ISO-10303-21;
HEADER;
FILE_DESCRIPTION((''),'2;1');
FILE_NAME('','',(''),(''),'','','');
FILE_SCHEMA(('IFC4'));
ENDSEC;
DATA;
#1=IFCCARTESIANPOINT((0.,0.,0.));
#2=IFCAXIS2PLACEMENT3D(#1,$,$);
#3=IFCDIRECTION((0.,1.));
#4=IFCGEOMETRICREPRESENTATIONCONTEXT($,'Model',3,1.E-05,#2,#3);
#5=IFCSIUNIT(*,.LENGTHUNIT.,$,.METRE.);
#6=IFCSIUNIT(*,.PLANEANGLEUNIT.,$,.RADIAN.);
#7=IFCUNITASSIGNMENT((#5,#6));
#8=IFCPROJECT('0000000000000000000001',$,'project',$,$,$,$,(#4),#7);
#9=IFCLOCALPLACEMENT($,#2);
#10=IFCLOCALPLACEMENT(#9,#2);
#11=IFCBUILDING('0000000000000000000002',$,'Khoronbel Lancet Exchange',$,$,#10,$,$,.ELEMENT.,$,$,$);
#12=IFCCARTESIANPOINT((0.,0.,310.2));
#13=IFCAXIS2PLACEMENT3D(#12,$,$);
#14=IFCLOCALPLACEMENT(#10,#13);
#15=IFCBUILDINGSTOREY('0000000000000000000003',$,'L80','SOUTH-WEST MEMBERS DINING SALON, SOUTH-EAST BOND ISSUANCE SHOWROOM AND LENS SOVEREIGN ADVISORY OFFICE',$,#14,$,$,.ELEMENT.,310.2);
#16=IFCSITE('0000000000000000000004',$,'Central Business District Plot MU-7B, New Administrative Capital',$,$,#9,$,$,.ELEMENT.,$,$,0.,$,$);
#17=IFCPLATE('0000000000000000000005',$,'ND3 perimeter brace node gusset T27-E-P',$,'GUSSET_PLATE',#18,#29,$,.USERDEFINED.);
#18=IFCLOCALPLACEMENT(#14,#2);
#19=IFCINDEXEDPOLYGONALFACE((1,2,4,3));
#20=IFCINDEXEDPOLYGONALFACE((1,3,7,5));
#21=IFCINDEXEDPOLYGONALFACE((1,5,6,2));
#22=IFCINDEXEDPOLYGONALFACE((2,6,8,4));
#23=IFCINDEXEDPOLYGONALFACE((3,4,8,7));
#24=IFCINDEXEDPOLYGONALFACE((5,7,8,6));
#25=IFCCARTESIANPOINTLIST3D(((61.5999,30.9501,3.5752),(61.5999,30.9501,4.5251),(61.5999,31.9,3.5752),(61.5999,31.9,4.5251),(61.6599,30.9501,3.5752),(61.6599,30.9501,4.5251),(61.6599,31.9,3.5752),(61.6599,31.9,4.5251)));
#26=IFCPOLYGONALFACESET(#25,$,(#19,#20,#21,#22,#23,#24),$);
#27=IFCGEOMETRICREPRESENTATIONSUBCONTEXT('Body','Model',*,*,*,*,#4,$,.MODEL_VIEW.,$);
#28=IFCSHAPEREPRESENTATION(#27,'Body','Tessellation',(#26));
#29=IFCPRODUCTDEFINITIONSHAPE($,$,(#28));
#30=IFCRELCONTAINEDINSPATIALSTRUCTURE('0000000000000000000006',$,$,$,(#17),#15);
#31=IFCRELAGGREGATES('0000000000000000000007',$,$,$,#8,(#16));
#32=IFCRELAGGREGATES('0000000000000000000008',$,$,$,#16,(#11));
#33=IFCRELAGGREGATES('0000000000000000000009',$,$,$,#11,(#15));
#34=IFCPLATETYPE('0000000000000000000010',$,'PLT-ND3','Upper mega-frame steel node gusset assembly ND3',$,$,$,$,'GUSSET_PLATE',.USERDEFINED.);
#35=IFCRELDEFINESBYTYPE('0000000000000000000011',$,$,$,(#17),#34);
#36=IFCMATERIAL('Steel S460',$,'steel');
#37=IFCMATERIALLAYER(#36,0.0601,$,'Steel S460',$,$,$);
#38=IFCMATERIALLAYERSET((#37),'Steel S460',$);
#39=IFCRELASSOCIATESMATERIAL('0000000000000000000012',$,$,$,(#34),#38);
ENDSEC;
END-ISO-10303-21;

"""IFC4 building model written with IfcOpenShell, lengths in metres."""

from ifc_helpers import new_model, si_unit, direction, frame, origin, origin_2d, place, context, subcontext, project, spatial, rectangle, extrude, material, layer, layer_set, type_object, element, save


model = new_model("IFC4")

# Units and contexts
model_context = context("Model", 3, precision=1e-05, world=origin(), true_north=direction((0.0, 1.0)))
body_context = subcontext(model_context, "Body", "Model", "MODEL_VIEW")
ifc_project = project(units=[si_unit("LENGTHUNIT", "METRE"), si_unit("PLANEANGLEUNIT", "RADIAN")], contexts=[model_context])

# Site, building, storey
site_placement = place(None, origin())
site = spatial("IfcSite", under=ifc_project, at=site_placement, Name="Central Business District Plot MU-7B, New Administrative Capital", CompositionType="ELEMENT", RefElevation=0.0)
building_placement = place(site_placement, origin())
building = spatial("IfcBuilding", under=site, at=building_placement, Name="Khoronbel Lancet Exchange", CompositionType="ELEMENT")
storey_placement = place(building_placement, frame((0.0, 0.0, 310.2)))
storey = spatial("IfcBuildingStorey", under=building, at=storey_placement, Name="L80", Description="SOUTH-WEST MEMBERS DINING SALON, SOUTH-EAST BOND ISSUANCE SHOWROOM AND LENS SOVEREIGN ADVISORY OFFICE", CompositionType="ELEMENT", Elevation=310.2)

# Plate
ifc_material_1 = material(Name="Steel S460", Category="steel")
ifc_layer_1 = layer(ifc_material_1, 0.0601, Name="Steel S460")
ifc_layer_set_1 = layer_set([ifc_layer_1], Name="Steel S460")
plate_type_1 = type_object("IfcPlateType", Name="PLT-ND3", Description="Upper mega-frame steel node gusset assembly ND3", ElementType="GUSSET_PLATE", PredefinedType="USERDEFINED", material=ifc_layer_set_1)
plate_1_placement = place(storey_placement, frame((61.6299, 31.425, 3.5752), z_axis=(0.0, 0.0, 1.0), x_axis=(0.0, 1.0, 0.0)))
element("IfcPlate", 1, at=plate_1_placement, inside=storey, type_object=plate_type_1, Name="ND3 perimeter brace node gusset T27-E-P", ObjectType="GUSSET_PLATE", PredefinedType="USERDEFINED", context=body_context, shape_type="SweptSolid", body=[
    extrude(rectangle(XDim=0.95, YDim=0.0601, at=origin_2d()), origin(), (0.0, 0.0, 1.0), 0.95),
])

save(model, "model.ifc")
